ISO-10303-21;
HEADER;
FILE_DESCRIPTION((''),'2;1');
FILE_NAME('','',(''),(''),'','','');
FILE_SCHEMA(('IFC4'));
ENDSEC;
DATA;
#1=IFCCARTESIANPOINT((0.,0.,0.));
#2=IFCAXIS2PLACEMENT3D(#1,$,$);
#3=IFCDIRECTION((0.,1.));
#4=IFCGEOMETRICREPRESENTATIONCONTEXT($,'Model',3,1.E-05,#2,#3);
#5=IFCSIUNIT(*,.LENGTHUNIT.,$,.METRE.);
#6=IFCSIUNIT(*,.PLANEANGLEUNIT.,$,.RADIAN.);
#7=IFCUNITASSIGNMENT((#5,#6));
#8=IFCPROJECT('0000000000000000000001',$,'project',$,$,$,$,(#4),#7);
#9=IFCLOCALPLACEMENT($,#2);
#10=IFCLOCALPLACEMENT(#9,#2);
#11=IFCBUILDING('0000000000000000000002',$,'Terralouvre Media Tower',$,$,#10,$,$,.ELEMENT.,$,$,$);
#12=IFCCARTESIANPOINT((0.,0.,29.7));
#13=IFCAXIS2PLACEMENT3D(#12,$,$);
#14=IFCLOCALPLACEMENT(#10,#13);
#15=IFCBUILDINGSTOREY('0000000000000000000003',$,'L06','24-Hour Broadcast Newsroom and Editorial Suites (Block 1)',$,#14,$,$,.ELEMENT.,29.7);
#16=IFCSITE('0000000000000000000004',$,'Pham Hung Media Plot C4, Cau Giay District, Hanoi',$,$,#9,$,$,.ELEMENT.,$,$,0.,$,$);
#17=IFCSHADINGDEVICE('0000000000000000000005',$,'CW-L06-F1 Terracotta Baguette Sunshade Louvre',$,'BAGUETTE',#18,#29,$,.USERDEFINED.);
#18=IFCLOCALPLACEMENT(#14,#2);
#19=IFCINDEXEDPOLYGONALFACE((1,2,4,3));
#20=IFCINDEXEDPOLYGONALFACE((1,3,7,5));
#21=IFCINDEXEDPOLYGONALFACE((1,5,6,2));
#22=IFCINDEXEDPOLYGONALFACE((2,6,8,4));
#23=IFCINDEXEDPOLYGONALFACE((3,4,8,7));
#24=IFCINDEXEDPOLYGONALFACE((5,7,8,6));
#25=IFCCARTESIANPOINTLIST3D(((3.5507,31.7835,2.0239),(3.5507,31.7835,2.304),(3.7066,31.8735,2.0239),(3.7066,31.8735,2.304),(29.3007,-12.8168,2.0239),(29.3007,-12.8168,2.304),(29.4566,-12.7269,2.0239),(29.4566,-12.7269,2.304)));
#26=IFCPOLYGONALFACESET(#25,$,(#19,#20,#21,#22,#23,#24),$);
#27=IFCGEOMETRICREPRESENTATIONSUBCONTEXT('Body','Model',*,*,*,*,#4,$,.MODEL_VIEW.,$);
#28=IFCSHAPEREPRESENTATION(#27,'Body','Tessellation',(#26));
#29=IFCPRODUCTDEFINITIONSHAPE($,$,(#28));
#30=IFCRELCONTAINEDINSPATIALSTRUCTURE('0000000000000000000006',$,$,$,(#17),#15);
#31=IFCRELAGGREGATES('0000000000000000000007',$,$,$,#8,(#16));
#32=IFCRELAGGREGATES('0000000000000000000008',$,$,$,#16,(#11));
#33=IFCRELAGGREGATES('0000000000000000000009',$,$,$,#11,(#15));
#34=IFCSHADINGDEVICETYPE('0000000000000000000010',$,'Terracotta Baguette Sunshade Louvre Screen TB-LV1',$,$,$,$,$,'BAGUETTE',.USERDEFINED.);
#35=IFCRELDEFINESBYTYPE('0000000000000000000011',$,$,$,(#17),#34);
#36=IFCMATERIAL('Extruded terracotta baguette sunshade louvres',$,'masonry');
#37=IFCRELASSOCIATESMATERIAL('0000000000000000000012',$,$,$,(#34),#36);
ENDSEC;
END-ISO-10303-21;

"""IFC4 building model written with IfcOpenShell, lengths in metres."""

from ifc_helpers import new_model, si_unit, direction, frame, origin, origin_2d, place, context, subcontext, project, spatial, rectangle, extrude, material, type_object, element, save


model = new_model("IFC4")

# Units and contexts
model_context = context("Model", 3, precision=1e-05, world=origin(), true_north=direction((0.0, 1.0)))
body_context = subcontext(model_context, "Body", "Model", "MODEL_VIEW")
ifc_project = project(units=[si_unit("LENGTHUNIT", "METRE"), si_unit("PLANEANGLEUNIT", "RADIAN")], contexts=[model_context])

# Site, building, storey
site_placement = place(None, origin())
site = spatial("IfcSite", under=ifc_project, at=site_placement, Name="Pham Hung Media Plot C4, Cau Giay District, Hanoi", CompositionType="ELEMENT", RefElevation=0.0)
building_placement = place(site_placement, origin())
building = spatial("IfcBuilding", under=site, at=building_placement, Name="Terralouvre Media Tower", CompositionType="ELEMENT")
storey_placement = place(building_placement, frame((0.0, 0.0, 29.7)))
storey = spatial("IfcBuildingStorey", under=building, at=storey_placement, Name="L06", Description="24-Hour Broadcast Newsroom and Editorial Suites (Block 1)", CompositionType="ELEMENT", Elevation=29.7)

# Shading device
ifc_material_1 = material(Name="Extruded terracotta baguette sunshade louvres", Category="masonry")
shading_device_type = type_object("IfcShadingDeviceType", Name="Terracotta Baguette Sunshade Louvre Screen TB-LV1", ElementType="BAGUETTE", PredefinedType="USERDEFINED", material=ifc_material_1)
shading_device_placement = place(storey_placement, frame((16.5037, 9.5283, 2.0239), z_axis=(0.0, 0.0, 1.0), x_axis=(-0.5, 0.866025, 0.0)))
element("IfcShadingDevice", 1, at=shading_device_placement, inside=storey, type_object=shading_device_type, Name="CW-L06-F1 Terracotta Baguette Sunshade Louvre", ObjectType="BAGUETTE", PredefinedType="USERDEFINED", context=body_context, shape_type="SweptSolid", body=[
    extrude(rectangle(XDim=51.5, YDim=0.1799, at=origin_2d()), origin(), (0.0, 0.0, 1.0), 0.28),
])

save(model, "model.ifc")
